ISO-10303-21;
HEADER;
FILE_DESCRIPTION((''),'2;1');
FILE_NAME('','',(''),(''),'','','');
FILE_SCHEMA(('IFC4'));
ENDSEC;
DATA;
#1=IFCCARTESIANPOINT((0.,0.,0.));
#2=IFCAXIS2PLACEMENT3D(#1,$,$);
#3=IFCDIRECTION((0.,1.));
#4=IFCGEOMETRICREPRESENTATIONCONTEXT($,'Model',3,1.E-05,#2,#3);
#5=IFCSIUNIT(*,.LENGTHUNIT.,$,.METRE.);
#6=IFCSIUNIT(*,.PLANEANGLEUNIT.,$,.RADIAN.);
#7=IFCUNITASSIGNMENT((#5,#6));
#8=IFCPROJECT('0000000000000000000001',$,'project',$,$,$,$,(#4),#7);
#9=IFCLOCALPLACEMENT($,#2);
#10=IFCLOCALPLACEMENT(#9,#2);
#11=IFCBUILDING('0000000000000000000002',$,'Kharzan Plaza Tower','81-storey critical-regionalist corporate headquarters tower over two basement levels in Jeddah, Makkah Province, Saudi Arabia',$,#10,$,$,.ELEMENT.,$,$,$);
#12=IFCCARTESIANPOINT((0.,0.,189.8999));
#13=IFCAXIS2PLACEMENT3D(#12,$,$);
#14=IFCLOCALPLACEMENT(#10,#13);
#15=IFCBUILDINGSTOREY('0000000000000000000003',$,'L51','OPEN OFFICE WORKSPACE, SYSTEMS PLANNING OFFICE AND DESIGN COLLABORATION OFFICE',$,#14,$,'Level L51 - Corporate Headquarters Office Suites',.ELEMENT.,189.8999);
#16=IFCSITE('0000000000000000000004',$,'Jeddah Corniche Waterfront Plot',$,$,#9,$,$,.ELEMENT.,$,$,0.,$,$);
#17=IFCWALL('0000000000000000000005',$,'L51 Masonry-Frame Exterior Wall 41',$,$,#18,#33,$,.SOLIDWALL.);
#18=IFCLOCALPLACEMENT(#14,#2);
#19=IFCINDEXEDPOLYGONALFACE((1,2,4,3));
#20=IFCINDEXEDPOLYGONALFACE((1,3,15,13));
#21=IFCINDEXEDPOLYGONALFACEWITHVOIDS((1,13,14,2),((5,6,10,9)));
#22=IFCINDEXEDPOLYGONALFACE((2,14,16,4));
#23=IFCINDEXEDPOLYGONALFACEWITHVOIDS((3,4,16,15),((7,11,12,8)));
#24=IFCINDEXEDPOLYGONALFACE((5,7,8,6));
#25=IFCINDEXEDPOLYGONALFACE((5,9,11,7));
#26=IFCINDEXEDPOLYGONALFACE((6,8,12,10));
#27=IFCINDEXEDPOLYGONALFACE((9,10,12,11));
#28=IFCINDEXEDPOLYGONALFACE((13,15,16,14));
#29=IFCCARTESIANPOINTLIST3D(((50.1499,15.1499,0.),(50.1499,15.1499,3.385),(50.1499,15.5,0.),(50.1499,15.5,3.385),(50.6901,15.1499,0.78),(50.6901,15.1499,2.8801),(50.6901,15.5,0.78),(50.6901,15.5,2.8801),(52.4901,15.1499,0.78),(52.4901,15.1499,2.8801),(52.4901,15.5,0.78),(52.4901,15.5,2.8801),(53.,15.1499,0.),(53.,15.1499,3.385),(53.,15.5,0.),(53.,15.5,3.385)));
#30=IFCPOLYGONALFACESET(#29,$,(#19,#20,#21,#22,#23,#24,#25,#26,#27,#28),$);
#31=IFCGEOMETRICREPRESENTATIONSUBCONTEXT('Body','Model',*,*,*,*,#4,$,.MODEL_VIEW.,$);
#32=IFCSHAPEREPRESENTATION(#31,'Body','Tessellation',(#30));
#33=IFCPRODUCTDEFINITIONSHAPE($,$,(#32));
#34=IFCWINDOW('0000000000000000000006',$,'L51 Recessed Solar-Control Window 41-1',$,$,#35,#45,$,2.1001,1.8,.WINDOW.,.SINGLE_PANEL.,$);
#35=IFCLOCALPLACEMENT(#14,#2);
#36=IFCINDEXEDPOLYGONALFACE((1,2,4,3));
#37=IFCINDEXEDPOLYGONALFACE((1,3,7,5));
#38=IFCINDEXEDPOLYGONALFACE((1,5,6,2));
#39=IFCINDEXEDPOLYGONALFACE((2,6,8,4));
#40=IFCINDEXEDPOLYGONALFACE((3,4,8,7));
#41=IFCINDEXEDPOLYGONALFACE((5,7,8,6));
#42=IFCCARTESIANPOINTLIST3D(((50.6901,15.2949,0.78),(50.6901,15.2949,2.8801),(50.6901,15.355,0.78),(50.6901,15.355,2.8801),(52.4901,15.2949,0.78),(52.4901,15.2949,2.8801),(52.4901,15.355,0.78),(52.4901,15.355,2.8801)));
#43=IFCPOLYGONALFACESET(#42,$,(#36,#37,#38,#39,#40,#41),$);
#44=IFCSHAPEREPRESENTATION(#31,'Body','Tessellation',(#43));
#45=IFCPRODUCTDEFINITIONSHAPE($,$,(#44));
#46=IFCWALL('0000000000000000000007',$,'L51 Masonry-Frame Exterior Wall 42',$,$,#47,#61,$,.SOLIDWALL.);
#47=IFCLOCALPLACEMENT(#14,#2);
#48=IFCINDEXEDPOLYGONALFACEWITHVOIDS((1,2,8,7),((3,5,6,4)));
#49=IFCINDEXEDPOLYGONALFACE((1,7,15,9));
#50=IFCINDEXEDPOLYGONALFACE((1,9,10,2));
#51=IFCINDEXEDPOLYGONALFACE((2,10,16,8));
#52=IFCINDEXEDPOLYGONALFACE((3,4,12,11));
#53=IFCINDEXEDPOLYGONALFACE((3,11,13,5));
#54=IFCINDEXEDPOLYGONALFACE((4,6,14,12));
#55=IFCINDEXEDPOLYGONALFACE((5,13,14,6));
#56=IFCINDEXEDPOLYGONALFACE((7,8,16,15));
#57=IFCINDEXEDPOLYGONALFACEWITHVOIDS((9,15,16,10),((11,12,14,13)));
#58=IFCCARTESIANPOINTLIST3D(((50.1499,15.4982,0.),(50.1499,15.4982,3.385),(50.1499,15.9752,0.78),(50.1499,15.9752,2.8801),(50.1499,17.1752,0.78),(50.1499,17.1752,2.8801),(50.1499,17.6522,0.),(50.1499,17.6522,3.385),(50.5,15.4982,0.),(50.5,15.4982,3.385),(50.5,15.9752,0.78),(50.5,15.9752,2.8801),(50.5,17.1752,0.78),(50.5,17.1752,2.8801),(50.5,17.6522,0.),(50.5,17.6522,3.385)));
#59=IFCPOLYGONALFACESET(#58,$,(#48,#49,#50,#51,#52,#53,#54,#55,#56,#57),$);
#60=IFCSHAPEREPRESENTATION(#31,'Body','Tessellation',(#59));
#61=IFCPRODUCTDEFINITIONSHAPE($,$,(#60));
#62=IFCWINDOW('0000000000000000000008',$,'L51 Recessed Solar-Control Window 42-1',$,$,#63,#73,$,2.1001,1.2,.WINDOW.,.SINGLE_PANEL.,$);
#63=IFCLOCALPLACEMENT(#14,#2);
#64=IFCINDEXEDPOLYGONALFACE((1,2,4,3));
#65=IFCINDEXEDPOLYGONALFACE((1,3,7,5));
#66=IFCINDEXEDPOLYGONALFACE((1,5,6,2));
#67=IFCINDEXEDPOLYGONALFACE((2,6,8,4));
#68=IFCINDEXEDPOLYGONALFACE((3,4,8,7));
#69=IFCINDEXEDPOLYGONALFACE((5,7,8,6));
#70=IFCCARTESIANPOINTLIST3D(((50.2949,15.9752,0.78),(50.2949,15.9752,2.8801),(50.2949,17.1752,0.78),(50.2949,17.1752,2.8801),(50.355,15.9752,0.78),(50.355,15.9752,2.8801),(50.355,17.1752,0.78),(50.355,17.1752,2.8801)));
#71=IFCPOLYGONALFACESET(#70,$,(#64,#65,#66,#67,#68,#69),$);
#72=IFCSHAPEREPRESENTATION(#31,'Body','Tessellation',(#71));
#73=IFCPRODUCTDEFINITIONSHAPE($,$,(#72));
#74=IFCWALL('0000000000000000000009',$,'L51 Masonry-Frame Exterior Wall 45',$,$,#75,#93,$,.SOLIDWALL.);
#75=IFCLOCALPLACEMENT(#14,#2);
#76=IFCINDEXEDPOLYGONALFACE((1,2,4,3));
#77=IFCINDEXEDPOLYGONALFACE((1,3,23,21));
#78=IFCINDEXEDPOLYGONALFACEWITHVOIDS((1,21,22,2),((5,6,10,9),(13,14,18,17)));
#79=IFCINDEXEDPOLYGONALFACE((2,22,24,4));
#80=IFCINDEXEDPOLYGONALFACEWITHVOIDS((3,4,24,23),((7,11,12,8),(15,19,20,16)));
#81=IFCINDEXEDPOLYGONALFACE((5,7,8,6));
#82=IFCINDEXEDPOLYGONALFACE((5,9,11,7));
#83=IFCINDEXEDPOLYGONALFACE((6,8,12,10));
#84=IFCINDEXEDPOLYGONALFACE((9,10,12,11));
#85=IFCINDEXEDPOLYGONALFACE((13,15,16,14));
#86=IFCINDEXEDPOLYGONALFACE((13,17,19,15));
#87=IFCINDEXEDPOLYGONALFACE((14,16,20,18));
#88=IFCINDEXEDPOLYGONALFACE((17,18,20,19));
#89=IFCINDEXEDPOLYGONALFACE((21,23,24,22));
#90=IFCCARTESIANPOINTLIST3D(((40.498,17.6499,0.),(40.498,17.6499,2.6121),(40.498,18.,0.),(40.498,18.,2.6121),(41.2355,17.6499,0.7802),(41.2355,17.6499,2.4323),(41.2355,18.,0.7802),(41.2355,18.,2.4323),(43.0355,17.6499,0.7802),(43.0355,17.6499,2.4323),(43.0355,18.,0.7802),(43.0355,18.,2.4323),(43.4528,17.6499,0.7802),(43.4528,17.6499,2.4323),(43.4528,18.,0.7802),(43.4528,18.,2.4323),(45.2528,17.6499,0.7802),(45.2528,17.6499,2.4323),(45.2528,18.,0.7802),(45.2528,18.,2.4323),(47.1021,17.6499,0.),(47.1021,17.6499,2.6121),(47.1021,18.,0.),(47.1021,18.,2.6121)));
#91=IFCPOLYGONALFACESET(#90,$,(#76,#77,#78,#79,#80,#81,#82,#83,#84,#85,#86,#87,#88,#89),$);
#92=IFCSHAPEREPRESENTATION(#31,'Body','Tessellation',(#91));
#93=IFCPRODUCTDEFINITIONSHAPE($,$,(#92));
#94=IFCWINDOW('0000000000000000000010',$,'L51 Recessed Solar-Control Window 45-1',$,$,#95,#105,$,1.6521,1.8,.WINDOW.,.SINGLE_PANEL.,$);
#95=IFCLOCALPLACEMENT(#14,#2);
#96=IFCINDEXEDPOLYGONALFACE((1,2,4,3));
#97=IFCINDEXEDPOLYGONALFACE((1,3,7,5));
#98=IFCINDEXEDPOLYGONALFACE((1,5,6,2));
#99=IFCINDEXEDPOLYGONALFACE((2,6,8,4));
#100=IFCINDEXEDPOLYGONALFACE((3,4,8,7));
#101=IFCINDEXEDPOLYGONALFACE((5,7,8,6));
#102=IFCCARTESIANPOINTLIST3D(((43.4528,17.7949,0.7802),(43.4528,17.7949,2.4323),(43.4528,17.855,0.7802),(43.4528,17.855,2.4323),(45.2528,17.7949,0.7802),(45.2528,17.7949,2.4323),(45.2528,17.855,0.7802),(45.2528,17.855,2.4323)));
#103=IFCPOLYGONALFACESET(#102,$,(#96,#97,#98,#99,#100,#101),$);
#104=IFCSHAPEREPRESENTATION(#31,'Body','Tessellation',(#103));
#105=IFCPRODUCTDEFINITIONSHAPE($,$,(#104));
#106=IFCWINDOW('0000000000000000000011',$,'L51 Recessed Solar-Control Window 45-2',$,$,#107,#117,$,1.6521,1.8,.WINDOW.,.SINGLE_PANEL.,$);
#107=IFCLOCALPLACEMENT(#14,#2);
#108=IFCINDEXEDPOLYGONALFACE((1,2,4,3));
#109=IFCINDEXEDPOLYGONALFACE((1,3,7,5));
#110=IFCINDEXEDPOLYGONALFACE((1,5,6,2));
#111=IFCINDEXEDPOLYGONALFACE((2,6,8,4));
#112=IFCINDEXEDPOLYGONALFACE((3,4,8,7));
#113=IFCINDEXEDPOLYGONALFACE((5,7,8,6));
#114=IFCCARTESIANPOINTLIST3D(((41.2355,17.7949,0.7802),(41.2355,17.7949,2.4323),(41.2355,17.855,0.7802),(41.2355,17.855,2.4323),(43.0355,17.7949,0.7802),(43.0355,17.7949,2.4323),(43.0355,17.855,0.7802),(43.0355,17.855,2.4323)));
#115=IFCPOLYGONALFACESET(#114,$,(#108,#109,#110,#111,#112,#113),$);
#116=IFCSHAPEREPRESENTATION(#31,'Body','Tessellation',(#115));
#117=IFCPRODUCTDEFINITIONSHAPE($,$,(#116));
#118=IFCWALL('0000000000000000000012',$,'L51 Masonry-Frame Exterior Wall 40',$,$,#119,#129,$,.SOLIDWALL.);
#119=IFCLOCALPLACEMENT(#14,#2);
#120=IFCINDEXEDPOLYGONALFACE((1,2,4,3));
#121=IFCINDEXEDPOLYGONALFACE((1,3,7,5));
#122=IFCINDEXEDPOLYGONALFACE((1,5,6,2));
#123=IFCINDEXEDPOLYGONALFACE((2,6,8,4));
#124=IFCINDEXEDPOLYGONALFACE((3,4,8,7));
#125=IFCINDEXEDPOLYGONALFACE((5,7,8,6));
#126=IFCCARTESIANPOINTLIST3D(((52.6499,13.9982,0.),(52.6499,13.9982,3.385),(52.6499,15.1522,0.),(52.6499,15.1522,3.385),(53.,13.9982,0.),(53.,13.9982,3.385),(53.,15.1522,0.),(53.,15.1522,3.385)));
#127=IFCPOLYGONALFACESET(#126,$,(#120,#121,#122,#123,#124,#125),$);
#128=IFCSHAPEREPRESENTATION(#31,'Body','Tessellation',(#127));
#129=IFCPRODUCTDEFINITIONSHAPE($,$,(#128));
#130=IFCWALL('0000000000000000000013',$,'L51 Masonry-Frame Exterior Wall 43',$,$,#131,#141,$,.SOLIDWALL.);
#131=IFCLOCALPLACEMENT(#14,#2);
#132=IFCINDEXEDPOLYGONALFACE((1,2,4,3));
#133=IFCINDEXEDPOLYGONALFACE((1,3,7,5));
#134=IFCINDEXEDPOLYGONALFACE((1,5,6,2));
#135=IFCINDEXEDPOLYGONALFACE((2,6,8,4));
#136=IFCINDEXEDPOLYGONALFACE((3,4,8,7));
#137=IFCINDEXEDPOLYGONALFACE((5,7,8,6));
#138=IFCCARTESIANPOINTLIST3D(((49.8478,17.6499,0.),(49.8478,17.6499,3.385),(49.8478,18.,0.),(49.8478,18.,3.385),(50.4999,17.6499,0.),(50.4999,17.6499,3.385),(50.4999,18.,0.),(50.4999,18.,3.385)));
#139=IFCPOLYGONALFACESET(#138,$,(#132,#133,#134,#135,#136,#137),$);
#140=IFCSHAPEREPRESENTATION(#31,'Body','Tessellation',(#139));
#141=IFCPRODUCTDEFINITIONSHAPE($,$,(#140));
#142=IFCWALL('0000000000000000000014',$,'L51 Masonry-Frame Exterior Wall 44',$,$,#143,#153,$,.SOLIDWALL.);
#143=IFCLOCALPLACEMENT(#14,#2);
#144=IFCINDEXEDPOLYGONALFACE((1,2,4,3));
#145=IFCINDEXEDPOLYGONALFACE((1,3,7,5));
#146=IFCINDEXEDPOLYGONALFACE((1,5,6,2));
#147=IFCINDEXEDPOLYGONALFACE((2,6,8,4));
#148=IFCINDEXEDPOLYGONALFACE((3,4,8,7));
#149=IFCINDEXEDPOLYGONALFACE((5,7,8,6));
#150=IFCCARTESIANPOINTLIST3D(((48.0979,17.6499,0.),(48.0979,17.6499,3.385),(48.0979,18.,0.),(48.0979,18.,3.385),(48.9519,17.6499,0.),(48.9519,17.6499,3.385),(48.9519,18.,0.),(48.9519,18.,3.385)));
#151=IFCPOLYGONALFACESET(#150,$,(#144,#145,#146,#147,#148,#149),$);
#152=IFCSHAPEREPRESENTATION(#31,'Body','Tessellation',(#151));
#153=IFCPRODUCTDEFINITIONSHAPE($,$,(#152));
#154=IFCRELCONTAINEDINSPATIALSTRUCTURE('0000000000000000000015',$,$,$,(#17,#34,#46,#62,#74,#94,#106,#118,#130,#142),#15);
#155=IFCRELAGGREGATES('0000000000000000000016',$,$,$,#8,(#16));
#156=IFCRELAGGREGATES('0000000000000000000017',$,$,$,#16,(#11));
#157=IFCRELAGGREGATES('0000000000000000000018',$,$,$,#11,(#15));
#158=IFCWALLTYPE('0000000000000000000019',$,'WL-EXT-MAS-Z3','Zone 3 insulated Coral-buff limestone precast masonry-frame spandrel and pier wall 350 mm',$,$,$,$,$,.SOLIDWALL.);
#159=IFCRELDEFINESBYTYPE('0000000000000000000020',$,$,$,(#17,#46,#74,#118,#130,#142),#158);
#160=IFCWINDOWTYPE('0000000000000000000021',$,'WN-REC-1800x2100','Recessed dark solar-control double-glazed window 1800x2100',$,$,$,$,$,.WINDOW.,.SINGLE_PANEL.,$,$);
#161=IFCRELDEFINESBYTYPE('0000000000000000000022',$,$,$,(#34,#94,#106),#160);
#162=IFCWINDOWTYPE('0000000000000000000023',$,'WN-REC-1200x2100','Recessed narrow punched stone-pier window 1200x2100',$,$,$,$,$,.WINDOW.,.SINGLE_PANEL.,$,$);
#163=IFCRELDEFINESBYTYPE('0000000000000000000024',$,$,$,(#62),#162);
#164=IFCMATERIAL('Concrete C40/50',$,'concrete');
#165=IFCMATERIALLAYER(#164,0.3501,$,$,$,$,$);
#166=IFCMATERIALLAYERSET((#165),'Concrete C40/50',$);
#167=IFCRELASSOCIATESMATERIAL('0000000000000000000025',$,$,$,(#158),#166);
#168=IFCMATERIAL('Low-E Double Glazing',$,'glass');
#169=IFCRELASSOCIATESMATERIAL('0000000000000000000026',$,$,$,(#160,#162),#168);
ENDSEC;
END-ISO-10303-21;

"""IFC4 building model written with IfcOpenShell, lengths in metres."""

from ifc_helpers import new_model, si_unit, direction, frame, frame_2d, origin, place, context, subcontext, project, spatial, rectangle, extrude, source, transform, mapped, material, layer, layer_set, type_object, element, fill, save


model = new_model("IFC4")

# Units and contexts
model_context = context("Model", 3, precision=1e-05, world=origin(), true_north=direction((0.0, 1.0)))
body_context = subcontext(model_context, "Body", "Model", "MODEL_VIEW")
ifc_project = project(units=[si_unit("LENGTHUNIT", "METRE"), si_unit("PLANEANGLEUNIT", "RADIAN")], contexts=[model_context])

# Site, building, storey
site_placement = place(None, origin())
site = spatial("IfcSite", under=ifc_project, at=site_placement, Name="Jeddah Corniche Waterfront Plot", CompositionType="ELEMENT", RefElevation=0.0)
building_placement = place(site_placement, origin())
building = spatial("IfcBuilding", under=site, at=building_placement, Name="Kharzan Plaza Tower", Description="81-storey critical-regionalist corporate headquarters tower over two basement levels in Jeddah, Makkah Province, Saudi Arabia", CompositionType="ELEMENT")
storey_placement = place(building_placement, frame((0.0, 0.0, 189.8999)))
storey = spatial("IfcBuildingStorey", under=building, at=storey_placement, Name="L51", Description="OPEN OFFICE WORKSPACE, SYSTEMS PLANNING OFFICE AND DESIGN COLLABORATION OFFICE", LongName="Level L51 - Corporate Headquarters Office Suites", CompositionType="ELEMENT", Elevation=189.8999)

# Walls, openings, windows
ifc_material_1 = material(Name="Concrete C40/50", Category="concrete")
ifc_layer_1 = layer(ifc_material_1, 0.3501)
ifc_layer_set_1 = layer_set([ifc_layer_1], Name="Concrete C40/50")
wall_type_1 = type_object("IfcWallType", Name="WL-EXT-MAS-Z3", Description="Zone 3 insulated Coral-buff limestone precast masonry-frame spandrel and pier wall 350 mm", PredefinedType="SOLIDWALL", material=ifc_layer_set_1)
wall_1_placement = place(storey_placement, frame((53.0, 15.325, 0.0), z_axis=(0.0, 0.0, 1.0), x_axis=(-1.0, 0.0, 0.0)))
wall_1 = element("IfcWall", 1, at=wall_1_placement, inside=storey, type_object=wall_type_1, Name="L51 Masonry-Frame Exterior Wall 41", PredefinedType="SOLIDWALL", context=body_context, shape_type="SweptSolid", body=[
    extrude(rectangle(XDim=2.8501, YDim=0.3501, at=frame_2d((1.425, 0.0))), origin(), (0.0, 0.0, 1.0), 3.385),
])
opening_1_placement = place(wall_1_placement, frame((0.51, 0.0, 0.78)))
opening_1 = element("IfcOpeningElement", 2, at=opening_1_placement, cuts=wall_1, PredefinedType="OPENING", context=body_context, shape_type="SweptSolid", body=[
    extrude(rectangle(XDim=1.8, YDim=2.1001, at=frame_2d((0.8999, 1.05))), frame((0.0, 0.1851, 0.0), z_axis=(0.0, -1.0, 0.0), x_axis=(1.0, 0.0, 0.0)), (0.0, 0.0, 1.0), 0.3701),
])
ifc_material_2 = material(Name="Low-E Double Glazing", Category="glass")
window_type_1 = type_object("IfcWindowType", Name="WN-REC-1800x2100", Description="Recessed dark solar-control double-glazed window 1800x2100", PartitioningType="SINGLE_PANEL", PredefinedType="WINDOW", material=ifc_material_2)
shared_shape_1 = source(origin(), body_context, "Body", "SweptSolid", [
    extrude(rectangle(XDim=1.8, YDim=2.1001, at=frame_2d((0.8999, 1.05))), frame((0.0, 0.03, 0.0), z_axis=(0.0, -1.0, 0.0), x_axis=(1.0, 0.0, 0.0)), (0.0, 0.0, 1.0), 0.0601),
])
window_1_placement = place(opening_1_placement, origin())
window_1 = element("IfcWindow", 3, at=window_1_placement, inside=storey, type_object=window_type_1, Name="L51 Recessed Solar-Control Window 41-1", OverallHeight=2.1001, OverallWidth=1.8, PartitioningType="SINGLE_PANEL", PredefinedType="WINDOW", context=body_context, shape_type="MappedRepresentation", body=[
    mapped(shared_shape_1, transform((0.0, 0.0, 0.0), x_axis=(1.0, 0.0, 0.0), y_axis=(0.0, 1.0, 0.0), z_axis=(0.0, 0.0, 1.0))),
])
fill(opening_1, window_1)
wall_2_placement = place(storey_placement, frame((50.325, 15.498, 0.0), z_axis=(0.0, 0.0, 1.0), x_axis=(0.0, 1.0, 0.0)))
wall_2 = element("IfcWall", 4, at=wall_2_placement, inside=storey, type_object=wall_type_1, Name="L51 Masonry-Frame Exterior Wall 42", PredefinedType="SOLIDWALL", context=body_context, shape_type="SweptSolid", body=[
    extrude(rectangle(XDim=2.1541, YDim=0.3501, at=frame_2d((1.0771, 0.0))), origin(), (0.0, 0.0, 1.0), 3.385),
])
opening_2_placement = place(wall_2_placement, frame((0.4771, 0.0, 0.78)))
opening_2 = element("IfcOpeningElement", 5, at=opening_2_placement, cuts=wall_2, PredefinedType="OPENING", context=body_context, shape_type="SweptSolid", body=[
    extrude(rectangle(XDim=1.2, YDim=2.1001, at=frame_2d((0.6001, 1.05))), frame((0.0, 0.1851, 0.0), z_axis=(0.0, -1.0, 0.0), x_axis=(1.0, 0.0, 0.0)), (0.0, 0.0, 1.0), 0.3701),
])
window_type_2 = type_object("IfcWindowType", Name="WN-REC-1200x2100", Description="Recessed narrow punched stone-pier window 1200x2100", PartitioningType="SINGLE_PANEL", PredefinedType="WINDOW", material=ifc_material_2)
shared_shape_2 = source(origin(), body_context, "Body", "SweptSolid", [
    extrude(rectangle(XDim=1.2, YDim=2.1001, at=frame_2d((0.6001, 1.05))), frame((0.0, 0.03, 0.0), z_axis=(0.0, -1.0, 0.0), x_axis=(1.0, 0.0, 0.0)), (0.0, 0.0, 1.0), 0.0601),
])
window_2_placement = place(opening_2_placement, origin())
window_2 = element("IfcWindow", 6, at=window_2_placement, inside=storey, type_object=window_type_2, Name="L51 Recessed Solar-Control Window 42-1", OverallHeight=2.1001, OverallWidth=1.2, PartitioningType="SINGLE_PANEL", PredefinedType="WINDOW", context=body_context, shape_type="MappedRepresentation", body=[
    mapped(shared_shape_2, transform((0.0, 0.0, 0.0), x_axis=(1.0, 0.0, 0.0), y_axis=(0.0, 1.0, 0.0), z_axis=(0.0, 0.0, 1.0))),
])
fill(opening_2, window_2)

# Wall, openings, windows
wall_3_placement = place(storey_placement, frame((47.1021, 17.825, 0.0), z_axis=(0.0, 0.0, 1.0), x_axis=(-1.0, 0.0, 0.0)))
wall_3 = element("IfcWall", 7, at=wall_3_placement, inside=storey, type_object=wall_type_1, Name="L51 Masonry-Frame Exterior Wall 45", PredefinedType="SOLIDWALL", context=body_context, shape_type="SweptSolid", body=[
    extrude(rectangle(XDim=6.604, YDim=0.3501, at=frame_2d((3.302, 0.0))), origin(), (0.0, 0.0, 1.0), 2.6121),
])
opening_3_placement = place(wall_3_placement, frame((1.8494, 0.0, 0.78)))
opening_3 = element("IfcOpeningElement", 8, at=opening_3_placement, cuts=wall_3, PredefinedType="OPENING", context=body_context, shape_type="SweptSolid", body=[
    extrude(rectangle(XDim=1.8, YDim=1.6521, at=frame_2d((0.8999, 0.8262))), frame((0.0, 0.1851, 0.0), z_axis=(0.0, -1.0, 0.0), x_axis=(1.0, 0.0, 0.0)), (0.0, 0.0, 1.0), 0.3701),
])
opening_4_placement = place(wall_3_placement, frame((4.0667, 0.0, 0.78)))
opening_4 = element("IfcOpeningElement", 9, at=opening_4_placement, cuts=wall_3, PredefinedType="OPENING", context=body_context, shape_type="SweptSolid", body=[
    extrude(rectangle(XDim=1.8, YDim=1.6521, at=frame_2d((0.8999, 0.8262))), frame((0.0, 0.1851, 0.0), z_axis=(0.0, -1.0, 0.0), x_axis=(1.0, 0.0, 0.0)), (0.0, 0.0, 1.0), 0.3701),
])
shared_shape_3 = source(origin(), body_context, "Body", "SweptSolid", [
    extrude(rectangle(XDim=1.8, YDim=1.6521, at=frame_2d((0.8999, 0.8262))), frame((0.0, 0.03, 0.0), z_axis=(0.0, -1.0, 0.0), x_axis=(1.0, 0.0, 0.0)), (0.0, 0.0, 1.0), 0.0601),
])
window_3_placement = place(opening_3_placement, origin())
window_3 = element("IfcWindow", 10, at=window_3_placement, inside=storey, type_object=window_type_1, Name="L51 Recessed Solar-Control Window 45-1", OverallHeight=1.6521, OverallWidth=1.8, PartitioningType="SINGLE_PANEL", PredefinedType="WINDOW", context=body_context, shape_type="MappedRepresentation", body=[
    mapped(shared_shape_3, transform((0.0, 0.0, 0.0), x_axis=(1.0, 0.0, 0.0), y_axis=(0.0, 1.0, 0.0), z_axis=(0.0, 0.0, 1.0))),
])
fill(opening_3, window_3)
window_4_placement = place(opening_4_placement, origin())
window_4 = element("IfcWindow", 11, at=window_4_placement, inside=storey, type_object=window_type_1, Name="L51 Recessed Solar-Control Window 45-2", OverallHeight=1.6521, OverallWidth=1.8, PartitioningType="SINGLE_PANEL", PredefinedType="WINDOW", context=body_context, shape_type="MappedRepresentation", body=[
    mapped(shared_shape_3, transform((0.0, 0.0, 0.0), x_axis=(1.0, 0.0, 0.0), y_axis=(0.0, 1.0, 0.0), z_axis=(0.0, 0.0, 1.0))),
])
fill(opening_4, window_4)

# Walls
shared_shape_4 = source(origin(), body_context, "Body", "SweptSolid", [
    extrude(rectangle(XDim=1.1541, YDim=0.3501, at=frame_2d((0.5771, 0.0))), origin(), (0.0, 0.0, 1.0), 3.385),
])
wall_4_placement = place(storey_placement, frame((52.825, 13.998, 0.0), z_axis=(0.0, 0.0, 1.0), x_axis=(0.0, 1.0, 0.0)))
element("IfcWall", 12, at=wall_4_placement, inside=storey, type_object=wall_type_1, Name="L51 Masonry-Frame Exterior Wall 40", PredefinedType="SOLIDWALL", context=body_context, shape_type="MappedRepresentation", body=[
    mapped(shared_shape_4, transform((0.0, 0.0, 0.0), x_axis=(1.0, 0.0, 0.0), y_axis=(0.0, 1.0, 0.0), z_axis=(0.0, 0.0, 1.0))),
])
shared_shape_5 = source(origin(), body_context, "Body", "SweptSolid", [
    extrude(rectangle(XDim=0.6521, YDim=0.3501, at=frame_2d((0.3262, 0.0))), origin(), (0.0, 0.0, 1.0), 3.385),
])
wall_5_placement = place(storey_placement, frame((50.5, 17.825, 0.0), z_axis=(0.0, 0.0, 1.0), x_axis=(-1.0, 0.0, 0.0)))
element("IfcWall", 13, at=wall_5_placement, inside=storey, type_object=wall_type_1, Name="L51 Masonry-Frame Exterior Wall 43", PredefinedType="SOLIDWALL", context=body_context, shape_type="MappedRepresentation", body=[
    mapped(shared_shape_5, transform((0.0, 0.0, 0.0), x_axis=(1.0, 0.0, 0.0), y_axis=(0.0, 1.0, 0.0), z_axis=(0.0, 0.0, 1.0))),
])
shared_shape_6 = source(origin(), body_context, "Body", "SweptSolid", [
    extrude(rectangle(XDim=0.854, YDim=0.3501, at=frame_2d((0.427, 0.0))), origin(), (0.0, 0.0, 1.0), 3.385),
])
wall_6_placement = place(storey_placement, frame((48.9519, 17.825, 0.0), z_axis=(0.0, 0.0, 1.0), x_axis=(-1.0, 0.0, 0.0)))
element("IfcWall", 14, at=wall_6_placement, inside=storey, type_object=wall_type_1, Name="L51 Masonry-Frame Exterior Wall 44", PredefinedType="SOLIDWALL", context=body_context, shape_type="MappedRepresentation", body=[
    mapped(shared_shape_6, transform((0.0, 0.0, 0.0), x_axis=(1.0, 0.0, 0.0), y_axis=(0.0, 1.0, 0.0), z_axis=(0.0, 0.0, 1.0))),
])

save(model, "model.ifc")
